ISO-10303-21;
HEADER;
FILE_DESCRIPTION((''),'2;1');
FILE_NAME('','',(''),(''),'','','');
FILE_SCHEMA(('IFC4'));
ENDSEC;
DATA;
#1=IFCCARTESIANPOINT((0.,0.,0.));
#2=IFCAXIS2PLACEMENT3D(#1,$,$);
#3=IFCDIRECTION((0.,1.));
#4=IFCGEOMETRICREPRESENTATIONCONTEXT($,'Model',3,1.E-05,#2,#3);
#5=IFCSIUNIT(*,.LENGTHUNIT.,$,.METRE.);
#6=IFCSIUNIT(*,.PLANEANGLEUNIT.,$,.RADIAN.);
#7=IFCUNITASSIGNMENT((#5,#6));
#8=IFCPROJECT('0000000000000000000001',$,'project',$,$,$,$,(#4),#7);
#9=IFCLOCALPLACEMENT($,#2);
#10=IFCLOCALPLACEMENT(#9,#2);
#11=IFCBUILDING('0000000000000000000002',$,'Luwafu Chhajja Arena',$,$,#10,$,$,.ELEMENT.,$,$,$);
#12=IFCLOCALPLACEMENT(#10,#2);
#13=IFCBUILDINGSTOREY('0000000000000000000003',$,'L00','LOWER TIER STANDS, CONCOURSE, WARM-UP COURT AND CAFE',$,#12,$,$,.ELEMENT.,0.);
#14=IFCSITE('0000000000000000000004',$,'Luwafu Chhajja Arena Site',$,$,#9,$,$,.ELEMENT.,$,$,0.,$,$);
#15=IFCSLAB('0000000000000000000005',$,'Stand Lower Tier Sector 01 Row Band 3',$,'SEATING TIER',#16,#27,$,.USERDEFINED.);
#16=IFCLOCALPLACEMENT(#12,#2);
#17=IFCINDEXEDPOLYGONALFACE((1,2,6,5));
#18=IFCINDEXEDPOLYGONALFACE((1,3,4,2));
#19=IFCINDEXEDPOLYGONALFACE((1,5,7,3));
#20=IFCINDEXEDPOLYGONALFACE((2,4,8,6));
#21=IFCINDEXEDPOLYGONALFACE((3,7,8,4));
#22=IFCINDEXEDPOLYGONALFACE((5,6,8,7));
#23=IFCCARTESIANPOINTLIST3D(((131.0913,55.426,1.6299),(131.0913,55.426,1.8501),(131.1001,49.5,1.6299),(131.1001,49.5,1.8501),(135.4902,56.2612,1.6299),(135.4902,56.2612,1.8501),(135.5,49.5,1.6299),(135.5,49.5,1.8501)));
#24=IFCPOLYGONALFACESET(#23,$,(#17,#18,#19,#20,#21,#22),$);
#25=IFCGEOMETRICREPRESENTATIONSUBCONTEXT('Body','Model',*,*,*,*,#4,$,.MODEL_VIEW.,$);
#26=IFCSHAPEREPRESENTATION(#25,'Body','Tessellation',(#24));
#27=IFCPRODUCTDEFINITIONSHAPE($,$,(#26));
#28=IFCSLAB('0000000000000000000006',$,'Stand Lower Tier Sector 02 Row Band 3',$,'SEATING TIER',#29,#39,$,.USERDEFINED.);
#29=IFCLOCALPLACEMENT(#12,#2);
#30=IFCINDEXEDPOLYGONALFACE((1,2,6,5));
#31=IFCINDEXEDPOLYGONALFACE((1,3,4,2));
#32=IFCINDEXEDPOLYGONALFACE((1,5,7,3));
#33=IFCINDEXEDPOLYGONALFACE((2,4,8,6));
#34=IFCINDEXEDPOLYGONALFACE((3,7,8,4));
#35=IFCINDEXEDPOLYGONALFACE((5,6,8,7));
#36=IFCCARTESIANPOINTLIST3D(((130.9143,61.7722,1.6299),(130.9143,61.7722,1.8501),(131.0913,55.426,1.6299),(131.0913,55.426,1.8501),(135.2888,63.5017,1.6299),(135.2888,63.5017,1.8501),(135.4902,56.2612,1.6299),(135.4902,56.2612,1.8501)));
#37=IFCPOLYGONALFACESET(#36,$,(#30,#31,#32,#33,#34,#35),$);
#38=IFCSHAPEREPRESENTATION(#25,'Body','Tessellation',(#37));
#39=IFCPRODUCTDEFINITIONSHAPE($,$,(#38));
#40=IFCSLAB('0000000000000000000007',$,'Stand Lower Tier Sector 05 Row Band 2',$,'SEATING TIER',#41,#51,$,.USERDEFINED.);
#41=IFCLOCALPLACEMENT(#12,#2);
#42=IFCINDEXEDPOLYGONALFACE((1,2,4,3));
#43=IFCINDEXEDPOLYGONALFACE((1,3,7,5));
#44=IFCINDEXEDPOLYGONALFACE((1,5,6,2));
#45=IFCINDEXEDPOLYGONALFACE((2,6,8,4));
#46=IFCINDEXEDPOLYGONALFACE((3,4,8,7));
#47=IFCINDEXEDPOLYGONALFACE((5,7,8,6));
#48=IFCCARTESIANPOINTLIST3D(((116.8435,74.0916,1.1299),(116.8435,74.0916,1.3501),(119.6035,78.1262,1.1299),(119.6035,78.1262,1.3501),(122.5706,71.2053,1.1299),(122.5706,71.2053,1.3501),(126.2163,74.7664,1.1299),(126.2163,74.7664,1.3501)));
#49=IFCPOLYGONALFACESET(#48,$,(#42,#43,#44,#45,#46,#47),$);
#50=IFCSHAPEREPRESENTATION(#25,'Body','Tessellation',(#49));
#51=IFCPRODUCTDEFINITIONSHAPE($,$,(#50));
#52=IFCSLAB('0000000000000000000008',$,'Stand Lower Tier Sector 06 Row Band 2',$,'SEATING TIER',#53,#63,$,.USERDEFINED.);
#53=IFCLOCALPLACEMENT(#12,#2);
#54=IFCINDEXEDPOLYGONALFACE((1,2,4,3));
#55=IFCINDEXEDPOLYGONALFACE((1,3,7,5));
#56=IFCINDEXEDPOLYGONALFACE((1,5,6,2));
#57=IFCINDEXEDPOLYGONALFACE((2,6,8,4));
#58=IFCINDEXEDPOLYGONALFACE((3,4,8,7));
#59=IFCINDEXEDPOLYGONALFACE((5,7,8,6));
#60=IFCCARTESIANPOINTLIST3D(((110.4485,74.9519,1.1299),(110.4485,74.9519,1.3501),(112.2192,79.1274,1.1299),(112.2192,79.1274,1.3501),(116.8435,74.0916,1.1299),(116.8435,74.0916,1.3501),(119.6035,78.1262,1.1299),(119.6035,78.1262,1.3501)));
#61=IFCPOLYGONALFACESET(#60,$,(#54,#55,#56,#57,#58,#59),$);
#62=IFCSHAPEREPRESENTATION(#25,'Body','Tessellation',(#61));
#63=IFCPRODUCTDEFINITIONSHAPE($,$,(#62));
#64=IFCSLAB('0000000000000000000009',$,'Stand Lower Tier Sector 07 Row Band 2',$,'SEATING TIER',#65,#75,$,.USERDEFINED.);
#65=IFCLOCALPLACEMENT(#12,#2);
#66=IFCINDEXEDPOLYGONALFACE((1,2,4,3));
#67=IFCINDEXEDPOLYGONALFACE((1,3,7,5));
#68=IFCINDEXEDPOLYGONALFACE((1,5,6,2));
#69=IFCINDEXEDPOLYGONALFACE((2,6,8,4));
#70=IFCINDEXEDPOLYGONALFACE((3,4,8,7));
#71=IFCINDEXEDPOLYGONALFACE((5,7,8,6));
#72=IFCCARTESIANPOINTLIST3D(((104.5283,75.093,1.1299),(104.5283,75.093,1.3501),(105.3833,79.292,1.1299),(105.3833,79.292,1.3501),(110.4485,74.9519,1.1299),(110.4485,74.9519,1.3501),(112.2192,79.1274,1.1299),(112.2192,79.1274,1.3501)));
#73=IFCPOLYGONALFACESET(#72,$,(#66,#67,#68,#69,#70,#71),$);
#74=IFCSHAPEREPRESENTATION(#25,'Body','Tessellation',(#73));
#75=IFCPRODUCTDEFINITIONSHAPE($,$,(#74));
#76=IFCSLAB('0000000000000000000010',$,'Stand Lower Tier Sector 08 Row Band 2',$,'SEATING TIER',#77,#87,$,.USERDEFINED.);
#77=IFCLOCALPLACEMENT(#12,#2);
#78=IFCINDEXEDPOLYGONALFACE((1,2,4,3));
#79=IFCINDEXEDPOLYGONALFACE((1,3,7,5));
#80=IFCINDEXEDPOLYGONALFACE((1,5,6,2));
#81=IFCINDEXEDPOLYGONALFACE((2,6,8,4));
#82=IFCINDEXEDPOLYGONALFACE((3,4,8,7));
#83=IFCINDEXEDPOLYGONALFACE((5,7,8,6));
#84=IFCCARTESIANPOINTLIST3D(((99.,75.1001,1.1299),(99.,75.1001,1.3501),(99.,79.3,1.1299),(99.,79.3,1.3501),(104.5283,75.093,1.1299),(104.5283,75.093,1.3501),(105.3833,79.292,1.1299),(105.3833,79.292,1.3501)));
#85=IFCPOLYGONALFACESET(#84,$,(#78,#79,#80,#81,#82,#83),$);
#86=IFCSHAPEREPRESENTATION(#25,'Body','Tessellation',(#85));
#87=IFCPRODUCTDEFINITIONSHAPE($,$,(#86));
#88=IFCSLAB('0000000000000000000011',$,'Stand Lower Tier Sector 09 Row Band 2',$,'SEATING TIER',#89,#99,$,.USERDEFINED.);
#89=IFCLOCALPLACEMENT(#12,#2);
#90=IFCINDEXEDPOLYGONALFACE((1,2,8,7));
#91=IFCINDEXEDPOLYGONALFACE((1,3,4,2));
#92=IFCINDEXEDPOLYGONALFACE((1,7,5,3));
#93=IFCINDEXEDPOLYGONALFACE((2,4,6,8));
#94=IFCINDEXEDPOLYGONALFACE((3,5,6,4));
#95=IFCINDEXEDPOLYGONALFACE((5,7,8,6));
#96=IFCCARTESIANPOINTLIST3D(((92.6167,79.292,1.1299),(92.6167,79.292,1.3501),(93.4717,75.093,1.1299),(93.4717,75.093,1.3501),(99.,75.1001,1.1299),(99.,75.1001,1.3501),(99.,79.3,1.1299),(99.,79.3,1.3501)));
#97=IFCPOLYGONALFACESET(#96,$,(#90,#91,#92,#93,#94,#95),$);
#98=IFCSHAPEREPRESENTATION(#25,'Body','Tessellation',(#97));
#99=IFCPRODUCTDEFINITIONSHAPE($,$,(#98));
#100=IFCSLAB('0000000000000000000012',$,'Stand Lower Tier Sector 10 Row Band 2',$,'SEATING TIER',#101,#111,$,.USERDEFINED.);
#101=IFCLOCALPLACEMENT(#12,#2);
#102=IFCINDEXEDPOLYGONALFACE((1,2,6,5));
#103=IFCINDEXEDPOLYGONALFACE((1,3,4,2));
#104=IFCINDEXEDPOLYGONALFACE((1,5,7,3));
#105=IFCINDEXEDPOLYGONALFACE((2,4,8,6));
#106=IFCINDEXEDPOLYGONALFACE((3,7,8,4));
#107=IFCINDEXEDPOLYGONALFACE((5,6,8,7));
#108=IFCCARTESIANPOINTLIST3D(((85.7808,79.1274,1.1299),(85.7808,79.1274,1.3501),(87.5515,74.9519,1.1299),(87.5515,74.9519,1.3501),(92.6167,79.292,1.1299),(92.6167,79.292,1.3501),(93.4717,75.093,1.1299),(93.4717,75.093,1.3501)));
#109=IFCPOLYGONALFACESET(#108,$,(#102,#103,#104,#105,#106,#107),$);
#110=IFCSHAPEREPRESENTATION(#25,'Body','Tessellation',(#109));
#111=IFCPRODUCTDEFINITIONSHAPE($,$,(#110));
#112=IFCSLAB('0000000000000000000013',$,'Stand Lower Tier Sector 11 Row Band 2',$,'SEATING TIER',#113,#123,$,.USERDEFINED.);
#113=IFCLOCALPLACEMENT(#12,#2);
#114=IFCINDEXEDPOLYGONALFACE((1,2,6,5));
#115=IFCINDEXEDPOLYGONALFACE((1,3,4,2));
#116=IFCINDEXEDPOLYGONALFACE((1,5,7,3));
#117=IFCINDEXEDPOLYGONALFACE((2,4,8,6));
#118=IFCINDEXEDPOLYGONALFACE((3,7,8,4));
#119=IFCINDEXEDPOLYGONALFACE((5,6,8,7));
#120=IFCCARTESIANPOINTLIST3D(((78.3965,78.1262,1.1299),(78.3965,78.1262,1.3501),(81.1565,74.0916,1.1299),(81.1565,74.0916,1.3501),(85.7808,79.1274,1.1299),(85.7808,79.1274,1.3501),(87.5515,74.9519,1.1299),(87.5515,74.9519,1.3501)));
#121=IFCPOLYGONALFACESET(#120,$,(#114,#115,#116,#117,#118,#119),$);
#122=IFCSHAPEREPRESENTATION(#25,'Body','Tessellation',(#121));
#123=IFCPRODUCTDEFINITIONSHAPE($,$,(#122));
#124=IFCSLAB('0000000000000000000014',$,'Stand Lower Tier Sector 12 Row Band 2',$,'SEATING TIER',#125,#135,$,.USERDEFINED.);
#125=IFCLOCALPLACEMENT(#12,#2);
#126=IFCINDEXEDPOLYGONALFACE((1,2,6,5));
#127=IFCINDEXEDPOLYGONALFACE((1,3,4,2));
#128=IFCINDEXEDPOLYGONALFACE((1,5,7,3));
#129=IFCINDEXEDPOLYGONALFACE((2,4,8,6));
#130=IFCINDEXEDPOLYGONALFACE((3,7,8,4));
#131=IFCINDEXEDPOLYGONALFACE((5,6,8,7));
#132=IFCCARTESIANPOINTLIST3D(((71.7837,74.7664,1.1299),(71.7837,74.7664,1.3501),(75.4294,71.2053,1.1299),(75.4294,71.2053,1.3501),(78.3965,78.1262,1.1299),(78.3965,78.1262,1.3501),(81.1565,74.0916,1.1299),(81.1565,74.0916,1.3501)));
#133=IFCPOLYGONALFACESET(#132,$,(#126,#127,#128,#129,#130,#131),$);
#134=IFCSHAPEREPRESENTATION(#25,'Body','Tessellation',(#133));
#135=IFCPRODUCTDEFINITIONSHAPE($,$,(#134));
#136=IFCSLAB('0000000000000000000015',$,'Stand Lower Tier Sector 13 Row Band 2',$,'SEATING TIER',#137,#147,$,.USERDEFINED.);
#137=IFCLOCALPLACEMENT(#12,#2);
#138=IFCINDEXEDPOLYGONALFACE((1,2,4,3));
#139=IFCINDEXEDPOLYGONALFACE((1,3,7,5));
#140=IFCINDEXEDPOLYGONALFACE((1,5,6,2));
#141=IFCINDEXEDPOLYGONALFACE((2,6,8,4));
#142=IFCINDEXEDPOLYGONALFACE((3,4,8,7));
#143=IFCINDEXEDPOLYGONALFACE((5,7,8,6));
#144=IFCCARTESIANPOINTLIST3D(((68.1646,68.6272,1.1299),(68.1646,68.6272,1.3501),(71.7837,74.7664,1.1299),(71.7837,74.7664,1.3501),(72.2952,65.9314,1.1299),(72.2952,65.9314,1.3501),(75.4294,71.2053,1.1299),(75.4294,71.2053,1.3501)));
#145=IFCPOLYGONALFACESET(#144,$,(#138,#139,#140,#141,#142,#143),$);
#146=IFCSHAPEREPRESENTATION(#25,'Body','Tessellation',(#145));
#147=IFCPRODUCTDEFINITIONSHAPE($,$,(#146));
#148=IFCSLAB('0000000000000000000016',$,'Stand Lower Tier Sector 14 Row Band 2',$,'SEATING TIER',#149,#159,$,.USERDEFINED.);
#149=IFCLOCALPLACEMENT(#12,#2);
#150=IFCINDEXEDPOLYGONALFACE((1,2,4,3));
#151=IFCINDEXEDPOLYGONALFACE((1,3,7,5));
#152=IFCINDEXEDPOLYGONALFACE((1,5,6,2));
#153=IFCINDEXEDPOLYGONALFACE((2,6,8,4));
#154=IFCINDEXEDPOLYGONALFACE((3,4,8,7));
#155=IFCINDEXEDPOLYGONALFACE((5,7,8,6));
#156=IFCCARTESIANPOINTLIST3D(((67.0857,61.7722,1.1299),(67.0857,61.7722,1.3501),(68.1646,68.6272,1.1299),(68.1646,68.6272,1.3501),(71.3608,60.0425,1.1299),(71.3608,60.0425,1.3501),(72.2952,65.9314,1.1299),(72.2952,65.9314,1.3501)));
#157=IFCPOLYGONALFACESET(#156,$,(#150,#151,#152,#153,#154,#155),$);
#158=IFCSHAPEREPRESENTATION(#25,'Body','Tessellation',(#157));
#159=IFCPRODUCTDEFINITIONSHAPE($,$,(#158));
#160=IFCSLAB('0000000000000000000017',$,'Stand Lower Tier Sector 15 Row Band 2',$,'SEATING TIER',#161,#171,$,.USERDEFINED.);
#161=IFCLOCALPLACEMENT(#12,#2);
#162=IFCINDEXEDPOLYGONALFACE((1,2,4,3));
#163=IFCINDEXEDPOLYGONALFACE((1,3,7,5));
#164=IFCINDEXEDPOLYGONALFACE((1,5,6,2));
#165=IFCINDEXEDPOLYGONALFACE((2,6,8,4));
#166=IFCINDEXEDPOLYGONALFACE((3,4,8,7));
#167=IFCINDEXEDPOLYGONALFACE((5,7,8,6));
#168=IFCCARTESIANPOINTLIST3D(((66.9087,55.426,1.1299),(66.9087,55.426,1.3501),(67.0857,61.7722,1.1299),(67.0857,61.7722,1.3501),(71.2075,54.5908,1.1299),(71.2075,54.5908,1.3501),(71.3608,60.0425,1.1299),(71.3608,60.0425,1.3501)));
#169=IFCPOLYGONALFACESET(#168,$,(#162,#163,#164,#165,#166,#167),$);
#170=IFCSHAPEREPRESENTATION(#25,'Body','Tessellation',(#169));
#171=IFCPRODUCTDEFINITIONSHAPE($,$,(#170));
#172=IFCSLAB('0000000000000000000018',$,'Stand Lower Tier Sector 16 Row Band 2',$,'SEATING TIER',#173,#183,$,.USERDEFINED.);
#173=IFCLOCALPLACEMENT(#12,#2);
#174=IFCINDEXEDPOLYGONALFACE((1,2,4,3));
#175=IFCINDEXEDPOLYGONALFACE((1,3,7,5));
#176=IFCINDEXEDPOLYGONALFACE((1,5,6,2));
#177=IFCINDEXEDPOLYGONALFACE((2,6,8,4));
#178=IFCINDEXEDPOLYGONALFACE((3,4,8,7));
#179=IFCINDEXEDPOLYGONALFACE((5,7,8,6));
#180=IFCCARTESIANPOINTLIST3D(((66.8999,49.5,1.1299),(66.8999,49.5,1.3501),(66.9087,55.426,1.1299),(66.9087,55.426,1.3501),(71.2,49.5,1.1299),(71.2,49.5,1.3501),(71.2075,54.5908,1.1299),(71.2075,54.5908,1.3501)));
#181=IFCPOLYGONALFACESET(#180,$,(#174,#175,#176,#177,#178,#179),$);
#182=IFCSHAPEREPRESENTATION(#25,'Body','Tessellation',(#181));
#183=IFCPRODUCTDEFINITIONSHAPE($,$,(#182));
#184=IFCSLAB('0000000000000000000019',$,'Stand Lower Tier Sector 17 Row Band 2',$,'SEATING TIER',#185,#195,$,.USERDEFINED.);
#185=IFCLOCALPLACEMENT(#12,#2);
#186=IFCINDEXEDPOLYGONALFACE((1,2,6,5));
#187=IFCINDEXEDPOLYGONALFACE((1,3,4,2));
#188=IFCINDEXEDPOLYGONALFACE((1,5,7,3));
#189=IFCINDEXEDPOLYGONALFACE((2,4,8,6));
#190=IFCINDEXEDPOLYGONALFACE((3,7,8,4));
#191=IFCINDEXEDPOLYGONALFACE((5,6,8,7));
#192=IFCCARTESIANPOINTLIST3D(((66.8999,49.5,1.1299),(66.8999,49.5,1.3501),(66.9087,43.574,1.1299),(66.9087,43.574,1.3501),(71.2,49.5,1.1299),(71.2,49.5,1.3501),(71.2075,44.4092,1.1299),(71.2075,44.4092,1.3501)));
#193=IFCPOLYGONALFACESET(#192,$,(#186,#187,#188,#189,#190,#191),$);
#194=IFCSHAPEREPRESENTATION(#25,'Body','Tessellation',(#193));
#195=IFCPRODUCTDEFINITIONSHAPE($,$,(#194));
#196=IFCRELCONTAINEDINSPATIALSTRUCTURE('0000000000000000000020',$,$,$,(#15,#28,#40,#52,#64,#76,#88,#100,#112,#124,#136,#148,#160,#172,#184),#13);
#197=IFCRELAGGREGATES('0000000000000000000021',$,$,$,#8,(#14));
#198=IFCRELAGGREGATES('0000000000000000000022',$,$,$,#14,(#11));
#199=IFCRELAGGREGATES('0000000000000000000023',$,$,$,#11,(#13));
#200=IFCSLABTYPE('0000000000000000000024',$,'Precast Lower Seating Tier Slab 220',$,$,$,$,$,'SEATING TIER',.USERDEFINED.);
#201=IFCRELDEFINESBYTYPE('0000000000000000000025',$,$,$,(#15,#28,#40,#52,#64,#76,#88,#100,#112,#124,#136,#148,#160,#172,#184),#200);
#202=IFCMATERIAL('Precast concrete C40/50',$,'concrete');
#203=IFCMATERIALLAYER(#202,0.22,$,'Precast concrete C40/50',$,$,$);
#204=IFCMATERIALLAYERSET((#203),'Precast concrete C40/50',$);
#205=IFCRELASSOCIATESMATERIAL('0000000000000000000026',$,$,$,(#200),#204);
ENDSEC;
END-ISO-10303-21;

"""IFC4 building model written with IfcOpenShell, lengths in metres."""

from ifc_helpers import new_model, si_unit, direction, frame, origin, place, context, subcontext, project, spatial, polyline, outline, extrude, material, layer, layer_set, type_object, element, save


model = new_model("IFC4")

# Units and contexts
model_context = context("Model", 3, precision=1e-05, world=origin(), true_north=direction((0.0, 1.0)))
body_context = subcontext(model_context, "Body", "Model", "MODEL_VIEW")
ifc_project = project(units=[si_unit("LENGTHUNIT", "METRE"), si_unit("PLANEANGLEUNIT", "RADIAN")], contexts=[model_context])

# Site, building, storey
site_placement = place(None, origin())
site = spatial("IfcSite", under=ifc_project, at=site_placement, Name="Luwafu Chhajja Arena Site", CompositionType="ELEMENT", RefElevation=0.0)
building_placement = place(site_placement, origin())
building = spatial("IfcBuilding", under=site, at=building_placement, Name="Luwafu Chhajja Arena", CompositionType="ELEMENT")
storey_placement = place(building_placement, origin())
storey = spatial("IfcBuildingStorey", under=building, at=storey_placement, Name="L00", Description="LOWER TIER STANDS, CONCOURSE, WARM-UP COURT AND CAFE", CompositionType="ELEMENT", Elevation=0.0)

# Slabs
ifc_material = material(Name="Precast concrete C40/50", Category="concrete")
ifc_layer = layer(ifc_material, 0.22, Name="Precast concrete C40/50")
ifc_layer_set = layer_set([ifc_layer], Name="Precast concrete C40/50")
slab_type = type_object("IfcSlabType", Name="Precast Lower Seating Tier Slab 220", ElementType="SEATING TIER", PredefinedType="USERDEFINED", material=ifc_layer_set)
slab_1_placement = place(storey_placement, frame((0.0, 0.0, 1.6299)))
element("IfcSlab", 1, at=slab_1_placement, inside=storey, type_object=slab_type, Name="Stand Lower Tier Sector 01 Row Band 3", ObjectType="SEATING TIER", PredefinedType="USERDEFINED", context=body_context, shape_type="SweptSolid", body=[
    extrude(outline(polyline([(131.1001, 49.5), (131.0913, 55.426), (135.4902, 56.2612), (135.5, 49.5), (131.1001, 49.5)])), origin(), (0.0, 0.0, 1.0), 0.2202),
])
slab_2_placement = place(storey_placement, frame((0.0, 0.0, 1.6299)))
element("IfcSlab", 2, at=slab_2_placement, inside=storey, type_object=slab_type, Name="Stand Lower Tier Sector 02 Row Band 3", ObjectType="SEATING TIER", PredefinedType="USERDEFINED", context=body_context, shape_type="SweptSolid", body=[
    extrude(outline(polyline([(131.0913, 55.426), (130.9143, 61.7722), (135.2888, 63.5017), (135.4902, 56.2612), (131.0913, 55.426)])), origin(), (0.0, 0.0, 1.0), 0.2202),
])
slab_3_placement = place(storey_placement, frame((0.0, 0.0, 1.1299)))
element("IfcSlab", 3, at=slab_3_placement, inside=storey, type_object=slab_type, Name="Stand Lower Tier Sector 05 Row Band 2", ObjectType="SEATING TIER", PredefinedType="USERDEFINED", context=body_context, shape_type="SweptSolid", body=[
    extrude(outline(polyline([(122.5706, 71.2053), (116.8435, 74.0916), (119.6035, 78.1262), (126.2163, 74.7664), (122.5706, 71.2053)])), origin(), (0.0, 0.0, 1.0), 0.2202),
])
slab_4_placement = place(storey_placement, frame((0.0, 0.0, 1.1299)))
element("IfcSlab", 4, at=slab_4_placement, inside=storey, type_object=slab_type, Name="Stand Lower Tier Sector 06 Row Band 2", ObjectType="SEATING TIER", PredefinedType="USERDEFINED", context=body_context, shape_type="SweptSolid", body=[
    extrude(outline(polyline([(116.8435, 74.0916), (110.4485, 74.9519), (112.2192, 79.1274), (119.6035, 78.1262), (116.8435, 74.0916)])), origin(), (0.0, 0.0, 1.0), 0.2202),
])
slab_5_placement = place(storey_placement, frame((0.0, 0.0, 1.1299)))
element("IfcSlab", 5, at=slab_5_placement, inside=storey, type_object=slab_type, Name="Stand Lower Tier Sector 07 Row Band 2", ObjectType="SEATING TIER", PredefinedType="USERDEFINED", context=body_context, shape_type="SweptSolid", body=[
    extrude(outline(polyline([(110.4485, 74.9519), (104.5283, 75.093), (105.3833, 79.292), (112.2192, 79.1274), (110.4485, 74.9519)])), origin(), (0.0, 0.0, 1.0), 0.2202),
])
slab_6_placement = place(storey_placement, frame((0.0, 0.0, 1.1299)))
element("IfcSlab", 6, at=slab_6_placement, inside=storey, type_object=slab_type, Name="Stand Lower Tier Sector 08 Row Band 2", ObjectType="SEATING TIER", PredefinedType="USERDEFINED", context=body_context, shape_type="SweptSolid", body=[
    extrude(outline(polyline([(104.5283, 75.093), (99.0, 75.1001), (99.0, 79.3), (105.3833, 79.292), (104.5283, 75.093)])), origin(), (0.0, 0.0, 1.0), 0.2202),
])
slab_7_placement = place(storey_placement, frame((0.0, 0.0, 1.1299)))
element("IfcSlab", 7, at=slab_7_placement, inside=storey, type_object=slab_type, Name="Stand Lower Tier Sector 09 Row Band 2", ObjectType="SEATING TIER", PredefinedType="USERDEFINED", context=body_context, shape_type="SweptSolid", body=[
    extrude(outline(polyline([(99.0, 75.1001), (93.4717, 75.093), (92.6167, 79.292), (99.0, 79.3), (99.0, 75.1001)])), origin(), (0.0, 0.0, 1.0), 0.2202),
])
slab_8_placement = place(storey_placement, frame((0.0, 0.0, 1.1299)))
element("IfcSlab", 8, at=slab_8_placement, inside=storey, type_object=slab_type, Name="Stand Lower Tier Sector 10 Row Band 2", ObjectType="SEATING TIER", PredefinedType="USERDEFINED", context=body_context, shape_type="SweptSolid", body=[
    extrude(outline(polyline([(93.4717, 75.093), (87.5515, 74.9519), (85.7808, 79.1274), (92.6167, 79.292), (93.4717, 75.093)])), origin(), (0.0, 0.0, 1.0), 0.2202),
])
slab_9_placement = place(storey_placement, frame((0.0, 0.0, 1.1299)))
element("IfcSlab", 9, at=slab_9_placement, inside=storey, type_object=slab_type, Name="Stand Lower Tier Sector 11 Row Band 2", ObjectType="SEATING TIER", PredefinedType="USERDEFINED", context=body_context, shape_type="SweptSolid", body=[
    extrude(outline(polyline([(87.5515, 74.9519), (81.1565, 74.0916), (78.3965, 78.1262), (85.7808, 79.1274), (87.5515, 74.9519)])), origin(), (0.0, 0.0, 1.0), 0.2202),
])
slab_10_placement = place(storey_placement, frame((0.0, 0.0, 1.1299)))
element("IfcSlab", 10, at=slab_10_placement, inside=storey, type_object=slab_type, Name="Stand Lower Tier Sector 12 Row Band 2", ObjectType="SEATING TIER", PredefinedType="USERDEFINED", context=body_context, shape_type="SweptSolid", body=[
    extrude(outline(polyline([(81.1565, 74.0916), (75.4294, 71.2053), (71.7837, 74.7664), (78.3965, 78.1262), (81.1565, 74.0916)])), origin(), (0.0, 0.0, 1.0), 0.2202),
])
slab_11_placement = place(storey_placement, frame((0.0, 0.0, 1.1299)))
element("IfcSlab", 11, at=slab_11_placement, inside=storey, type_object=slab_type, Name="Stand Lower Tier Sector 13 Row Band 2", ObjectType="SEATING TIER", PredefinedType="USERDEFINED", context=body_context, shape_type="SweptSolid", body=[
    extrude(outline(polyline([(75.4294, 71.2053), (72.2952, 65.9314), (68.1646, 68.6272), (71.7837, 74.7664), (75.4294, 71.2053)])), origin(), (0.0, 0.0, 1.0), 0.2202),
])
slab_12_placement = place(storey_placement, frame((0.0, 0.0, 1.1299)))
element("IfcSlab", 12, at=slab_12_placement, inside=storey, type_object=slab_type, Name="Stand Lower Tier Sector 14 Row Band 2", ObjectType="SEATING TIER", PredefinedType="USERDEFINED", context=body_context, shape_type="SweptSolid", body=[
    extrude(outline(polyline([(72.2952, 65.9314), (71.3608, 60.0425), (67.0857, 61.7722), (68.1646, 68.6272), (72.2952, 65.9314)])), origin(), (0.0, 0.0, 1.0), 0.2202),
])
slab_13_placement = place(storey_placement, frame((0.0, 0.0, 1.1299)))
element("IfcSlab", 13, at=slab_13_placement, inside=storey, type_object=slab_type, Name="Stand Lower Tier Sector 15 Row Band 2", ObjectType="SEATING TIER", PredefinedType="USERDEFINED", context=body_context, shape_type="SweptSolid", body=[
    extrude(outline(polyline([(71.3608, 60.0425), (71.2075, 54.5908), (66.9087, 55.426), (67.0857, 61.7722), (71.3608, 60.0425)])), origin(), (0.0, 0.0, 1.0), 0.2202),
])
slab_14_placement = place(storey_placement, frame((0.0, 0.0, 1.1299)))
element("IfcSlab", 14, at=slab_14_placement, inside=storey, type_object=slab_type, Name="Stand Lower Tier Sector 16 Row Band 2", ObjectType="SEATING TIER", PredefinedType="USERDEFINED", context=body_context, shape_type="SweptSolid", body=[
    extrude(outline(polyline([(71.2075, 54.5908), (71.2, 49.5), (66.8999, 49.5), (66.9087, 55.426), (71.2075, 54.5908)])), origin(), (0.0, 0.0, 1.0), 0.2202),
])
slab_15_placement = place(storey_placement, frame((0.0, 0.0, 1.1299)))
element("IfcSlab", 15, at=slab_15_placement, inside=storey, type_object=slab_type, Name="Stand Lower Tier Sector 17 Row Band 2", ObjectType="SEATING TIER", PredefinedType="USERDEFINED", context=body_context, shape_type="SweptSolid", body=[
    extrude(outline(polyline([(71.2, 49.5), (71.2075, 44.4092), (66.9087, 43.574), (66.8999, 49.5), (71.2, 49.5)])), origin(), (0.0, 0.0, 1.0), 0.2202),
])

save(model, "model.ifc")
